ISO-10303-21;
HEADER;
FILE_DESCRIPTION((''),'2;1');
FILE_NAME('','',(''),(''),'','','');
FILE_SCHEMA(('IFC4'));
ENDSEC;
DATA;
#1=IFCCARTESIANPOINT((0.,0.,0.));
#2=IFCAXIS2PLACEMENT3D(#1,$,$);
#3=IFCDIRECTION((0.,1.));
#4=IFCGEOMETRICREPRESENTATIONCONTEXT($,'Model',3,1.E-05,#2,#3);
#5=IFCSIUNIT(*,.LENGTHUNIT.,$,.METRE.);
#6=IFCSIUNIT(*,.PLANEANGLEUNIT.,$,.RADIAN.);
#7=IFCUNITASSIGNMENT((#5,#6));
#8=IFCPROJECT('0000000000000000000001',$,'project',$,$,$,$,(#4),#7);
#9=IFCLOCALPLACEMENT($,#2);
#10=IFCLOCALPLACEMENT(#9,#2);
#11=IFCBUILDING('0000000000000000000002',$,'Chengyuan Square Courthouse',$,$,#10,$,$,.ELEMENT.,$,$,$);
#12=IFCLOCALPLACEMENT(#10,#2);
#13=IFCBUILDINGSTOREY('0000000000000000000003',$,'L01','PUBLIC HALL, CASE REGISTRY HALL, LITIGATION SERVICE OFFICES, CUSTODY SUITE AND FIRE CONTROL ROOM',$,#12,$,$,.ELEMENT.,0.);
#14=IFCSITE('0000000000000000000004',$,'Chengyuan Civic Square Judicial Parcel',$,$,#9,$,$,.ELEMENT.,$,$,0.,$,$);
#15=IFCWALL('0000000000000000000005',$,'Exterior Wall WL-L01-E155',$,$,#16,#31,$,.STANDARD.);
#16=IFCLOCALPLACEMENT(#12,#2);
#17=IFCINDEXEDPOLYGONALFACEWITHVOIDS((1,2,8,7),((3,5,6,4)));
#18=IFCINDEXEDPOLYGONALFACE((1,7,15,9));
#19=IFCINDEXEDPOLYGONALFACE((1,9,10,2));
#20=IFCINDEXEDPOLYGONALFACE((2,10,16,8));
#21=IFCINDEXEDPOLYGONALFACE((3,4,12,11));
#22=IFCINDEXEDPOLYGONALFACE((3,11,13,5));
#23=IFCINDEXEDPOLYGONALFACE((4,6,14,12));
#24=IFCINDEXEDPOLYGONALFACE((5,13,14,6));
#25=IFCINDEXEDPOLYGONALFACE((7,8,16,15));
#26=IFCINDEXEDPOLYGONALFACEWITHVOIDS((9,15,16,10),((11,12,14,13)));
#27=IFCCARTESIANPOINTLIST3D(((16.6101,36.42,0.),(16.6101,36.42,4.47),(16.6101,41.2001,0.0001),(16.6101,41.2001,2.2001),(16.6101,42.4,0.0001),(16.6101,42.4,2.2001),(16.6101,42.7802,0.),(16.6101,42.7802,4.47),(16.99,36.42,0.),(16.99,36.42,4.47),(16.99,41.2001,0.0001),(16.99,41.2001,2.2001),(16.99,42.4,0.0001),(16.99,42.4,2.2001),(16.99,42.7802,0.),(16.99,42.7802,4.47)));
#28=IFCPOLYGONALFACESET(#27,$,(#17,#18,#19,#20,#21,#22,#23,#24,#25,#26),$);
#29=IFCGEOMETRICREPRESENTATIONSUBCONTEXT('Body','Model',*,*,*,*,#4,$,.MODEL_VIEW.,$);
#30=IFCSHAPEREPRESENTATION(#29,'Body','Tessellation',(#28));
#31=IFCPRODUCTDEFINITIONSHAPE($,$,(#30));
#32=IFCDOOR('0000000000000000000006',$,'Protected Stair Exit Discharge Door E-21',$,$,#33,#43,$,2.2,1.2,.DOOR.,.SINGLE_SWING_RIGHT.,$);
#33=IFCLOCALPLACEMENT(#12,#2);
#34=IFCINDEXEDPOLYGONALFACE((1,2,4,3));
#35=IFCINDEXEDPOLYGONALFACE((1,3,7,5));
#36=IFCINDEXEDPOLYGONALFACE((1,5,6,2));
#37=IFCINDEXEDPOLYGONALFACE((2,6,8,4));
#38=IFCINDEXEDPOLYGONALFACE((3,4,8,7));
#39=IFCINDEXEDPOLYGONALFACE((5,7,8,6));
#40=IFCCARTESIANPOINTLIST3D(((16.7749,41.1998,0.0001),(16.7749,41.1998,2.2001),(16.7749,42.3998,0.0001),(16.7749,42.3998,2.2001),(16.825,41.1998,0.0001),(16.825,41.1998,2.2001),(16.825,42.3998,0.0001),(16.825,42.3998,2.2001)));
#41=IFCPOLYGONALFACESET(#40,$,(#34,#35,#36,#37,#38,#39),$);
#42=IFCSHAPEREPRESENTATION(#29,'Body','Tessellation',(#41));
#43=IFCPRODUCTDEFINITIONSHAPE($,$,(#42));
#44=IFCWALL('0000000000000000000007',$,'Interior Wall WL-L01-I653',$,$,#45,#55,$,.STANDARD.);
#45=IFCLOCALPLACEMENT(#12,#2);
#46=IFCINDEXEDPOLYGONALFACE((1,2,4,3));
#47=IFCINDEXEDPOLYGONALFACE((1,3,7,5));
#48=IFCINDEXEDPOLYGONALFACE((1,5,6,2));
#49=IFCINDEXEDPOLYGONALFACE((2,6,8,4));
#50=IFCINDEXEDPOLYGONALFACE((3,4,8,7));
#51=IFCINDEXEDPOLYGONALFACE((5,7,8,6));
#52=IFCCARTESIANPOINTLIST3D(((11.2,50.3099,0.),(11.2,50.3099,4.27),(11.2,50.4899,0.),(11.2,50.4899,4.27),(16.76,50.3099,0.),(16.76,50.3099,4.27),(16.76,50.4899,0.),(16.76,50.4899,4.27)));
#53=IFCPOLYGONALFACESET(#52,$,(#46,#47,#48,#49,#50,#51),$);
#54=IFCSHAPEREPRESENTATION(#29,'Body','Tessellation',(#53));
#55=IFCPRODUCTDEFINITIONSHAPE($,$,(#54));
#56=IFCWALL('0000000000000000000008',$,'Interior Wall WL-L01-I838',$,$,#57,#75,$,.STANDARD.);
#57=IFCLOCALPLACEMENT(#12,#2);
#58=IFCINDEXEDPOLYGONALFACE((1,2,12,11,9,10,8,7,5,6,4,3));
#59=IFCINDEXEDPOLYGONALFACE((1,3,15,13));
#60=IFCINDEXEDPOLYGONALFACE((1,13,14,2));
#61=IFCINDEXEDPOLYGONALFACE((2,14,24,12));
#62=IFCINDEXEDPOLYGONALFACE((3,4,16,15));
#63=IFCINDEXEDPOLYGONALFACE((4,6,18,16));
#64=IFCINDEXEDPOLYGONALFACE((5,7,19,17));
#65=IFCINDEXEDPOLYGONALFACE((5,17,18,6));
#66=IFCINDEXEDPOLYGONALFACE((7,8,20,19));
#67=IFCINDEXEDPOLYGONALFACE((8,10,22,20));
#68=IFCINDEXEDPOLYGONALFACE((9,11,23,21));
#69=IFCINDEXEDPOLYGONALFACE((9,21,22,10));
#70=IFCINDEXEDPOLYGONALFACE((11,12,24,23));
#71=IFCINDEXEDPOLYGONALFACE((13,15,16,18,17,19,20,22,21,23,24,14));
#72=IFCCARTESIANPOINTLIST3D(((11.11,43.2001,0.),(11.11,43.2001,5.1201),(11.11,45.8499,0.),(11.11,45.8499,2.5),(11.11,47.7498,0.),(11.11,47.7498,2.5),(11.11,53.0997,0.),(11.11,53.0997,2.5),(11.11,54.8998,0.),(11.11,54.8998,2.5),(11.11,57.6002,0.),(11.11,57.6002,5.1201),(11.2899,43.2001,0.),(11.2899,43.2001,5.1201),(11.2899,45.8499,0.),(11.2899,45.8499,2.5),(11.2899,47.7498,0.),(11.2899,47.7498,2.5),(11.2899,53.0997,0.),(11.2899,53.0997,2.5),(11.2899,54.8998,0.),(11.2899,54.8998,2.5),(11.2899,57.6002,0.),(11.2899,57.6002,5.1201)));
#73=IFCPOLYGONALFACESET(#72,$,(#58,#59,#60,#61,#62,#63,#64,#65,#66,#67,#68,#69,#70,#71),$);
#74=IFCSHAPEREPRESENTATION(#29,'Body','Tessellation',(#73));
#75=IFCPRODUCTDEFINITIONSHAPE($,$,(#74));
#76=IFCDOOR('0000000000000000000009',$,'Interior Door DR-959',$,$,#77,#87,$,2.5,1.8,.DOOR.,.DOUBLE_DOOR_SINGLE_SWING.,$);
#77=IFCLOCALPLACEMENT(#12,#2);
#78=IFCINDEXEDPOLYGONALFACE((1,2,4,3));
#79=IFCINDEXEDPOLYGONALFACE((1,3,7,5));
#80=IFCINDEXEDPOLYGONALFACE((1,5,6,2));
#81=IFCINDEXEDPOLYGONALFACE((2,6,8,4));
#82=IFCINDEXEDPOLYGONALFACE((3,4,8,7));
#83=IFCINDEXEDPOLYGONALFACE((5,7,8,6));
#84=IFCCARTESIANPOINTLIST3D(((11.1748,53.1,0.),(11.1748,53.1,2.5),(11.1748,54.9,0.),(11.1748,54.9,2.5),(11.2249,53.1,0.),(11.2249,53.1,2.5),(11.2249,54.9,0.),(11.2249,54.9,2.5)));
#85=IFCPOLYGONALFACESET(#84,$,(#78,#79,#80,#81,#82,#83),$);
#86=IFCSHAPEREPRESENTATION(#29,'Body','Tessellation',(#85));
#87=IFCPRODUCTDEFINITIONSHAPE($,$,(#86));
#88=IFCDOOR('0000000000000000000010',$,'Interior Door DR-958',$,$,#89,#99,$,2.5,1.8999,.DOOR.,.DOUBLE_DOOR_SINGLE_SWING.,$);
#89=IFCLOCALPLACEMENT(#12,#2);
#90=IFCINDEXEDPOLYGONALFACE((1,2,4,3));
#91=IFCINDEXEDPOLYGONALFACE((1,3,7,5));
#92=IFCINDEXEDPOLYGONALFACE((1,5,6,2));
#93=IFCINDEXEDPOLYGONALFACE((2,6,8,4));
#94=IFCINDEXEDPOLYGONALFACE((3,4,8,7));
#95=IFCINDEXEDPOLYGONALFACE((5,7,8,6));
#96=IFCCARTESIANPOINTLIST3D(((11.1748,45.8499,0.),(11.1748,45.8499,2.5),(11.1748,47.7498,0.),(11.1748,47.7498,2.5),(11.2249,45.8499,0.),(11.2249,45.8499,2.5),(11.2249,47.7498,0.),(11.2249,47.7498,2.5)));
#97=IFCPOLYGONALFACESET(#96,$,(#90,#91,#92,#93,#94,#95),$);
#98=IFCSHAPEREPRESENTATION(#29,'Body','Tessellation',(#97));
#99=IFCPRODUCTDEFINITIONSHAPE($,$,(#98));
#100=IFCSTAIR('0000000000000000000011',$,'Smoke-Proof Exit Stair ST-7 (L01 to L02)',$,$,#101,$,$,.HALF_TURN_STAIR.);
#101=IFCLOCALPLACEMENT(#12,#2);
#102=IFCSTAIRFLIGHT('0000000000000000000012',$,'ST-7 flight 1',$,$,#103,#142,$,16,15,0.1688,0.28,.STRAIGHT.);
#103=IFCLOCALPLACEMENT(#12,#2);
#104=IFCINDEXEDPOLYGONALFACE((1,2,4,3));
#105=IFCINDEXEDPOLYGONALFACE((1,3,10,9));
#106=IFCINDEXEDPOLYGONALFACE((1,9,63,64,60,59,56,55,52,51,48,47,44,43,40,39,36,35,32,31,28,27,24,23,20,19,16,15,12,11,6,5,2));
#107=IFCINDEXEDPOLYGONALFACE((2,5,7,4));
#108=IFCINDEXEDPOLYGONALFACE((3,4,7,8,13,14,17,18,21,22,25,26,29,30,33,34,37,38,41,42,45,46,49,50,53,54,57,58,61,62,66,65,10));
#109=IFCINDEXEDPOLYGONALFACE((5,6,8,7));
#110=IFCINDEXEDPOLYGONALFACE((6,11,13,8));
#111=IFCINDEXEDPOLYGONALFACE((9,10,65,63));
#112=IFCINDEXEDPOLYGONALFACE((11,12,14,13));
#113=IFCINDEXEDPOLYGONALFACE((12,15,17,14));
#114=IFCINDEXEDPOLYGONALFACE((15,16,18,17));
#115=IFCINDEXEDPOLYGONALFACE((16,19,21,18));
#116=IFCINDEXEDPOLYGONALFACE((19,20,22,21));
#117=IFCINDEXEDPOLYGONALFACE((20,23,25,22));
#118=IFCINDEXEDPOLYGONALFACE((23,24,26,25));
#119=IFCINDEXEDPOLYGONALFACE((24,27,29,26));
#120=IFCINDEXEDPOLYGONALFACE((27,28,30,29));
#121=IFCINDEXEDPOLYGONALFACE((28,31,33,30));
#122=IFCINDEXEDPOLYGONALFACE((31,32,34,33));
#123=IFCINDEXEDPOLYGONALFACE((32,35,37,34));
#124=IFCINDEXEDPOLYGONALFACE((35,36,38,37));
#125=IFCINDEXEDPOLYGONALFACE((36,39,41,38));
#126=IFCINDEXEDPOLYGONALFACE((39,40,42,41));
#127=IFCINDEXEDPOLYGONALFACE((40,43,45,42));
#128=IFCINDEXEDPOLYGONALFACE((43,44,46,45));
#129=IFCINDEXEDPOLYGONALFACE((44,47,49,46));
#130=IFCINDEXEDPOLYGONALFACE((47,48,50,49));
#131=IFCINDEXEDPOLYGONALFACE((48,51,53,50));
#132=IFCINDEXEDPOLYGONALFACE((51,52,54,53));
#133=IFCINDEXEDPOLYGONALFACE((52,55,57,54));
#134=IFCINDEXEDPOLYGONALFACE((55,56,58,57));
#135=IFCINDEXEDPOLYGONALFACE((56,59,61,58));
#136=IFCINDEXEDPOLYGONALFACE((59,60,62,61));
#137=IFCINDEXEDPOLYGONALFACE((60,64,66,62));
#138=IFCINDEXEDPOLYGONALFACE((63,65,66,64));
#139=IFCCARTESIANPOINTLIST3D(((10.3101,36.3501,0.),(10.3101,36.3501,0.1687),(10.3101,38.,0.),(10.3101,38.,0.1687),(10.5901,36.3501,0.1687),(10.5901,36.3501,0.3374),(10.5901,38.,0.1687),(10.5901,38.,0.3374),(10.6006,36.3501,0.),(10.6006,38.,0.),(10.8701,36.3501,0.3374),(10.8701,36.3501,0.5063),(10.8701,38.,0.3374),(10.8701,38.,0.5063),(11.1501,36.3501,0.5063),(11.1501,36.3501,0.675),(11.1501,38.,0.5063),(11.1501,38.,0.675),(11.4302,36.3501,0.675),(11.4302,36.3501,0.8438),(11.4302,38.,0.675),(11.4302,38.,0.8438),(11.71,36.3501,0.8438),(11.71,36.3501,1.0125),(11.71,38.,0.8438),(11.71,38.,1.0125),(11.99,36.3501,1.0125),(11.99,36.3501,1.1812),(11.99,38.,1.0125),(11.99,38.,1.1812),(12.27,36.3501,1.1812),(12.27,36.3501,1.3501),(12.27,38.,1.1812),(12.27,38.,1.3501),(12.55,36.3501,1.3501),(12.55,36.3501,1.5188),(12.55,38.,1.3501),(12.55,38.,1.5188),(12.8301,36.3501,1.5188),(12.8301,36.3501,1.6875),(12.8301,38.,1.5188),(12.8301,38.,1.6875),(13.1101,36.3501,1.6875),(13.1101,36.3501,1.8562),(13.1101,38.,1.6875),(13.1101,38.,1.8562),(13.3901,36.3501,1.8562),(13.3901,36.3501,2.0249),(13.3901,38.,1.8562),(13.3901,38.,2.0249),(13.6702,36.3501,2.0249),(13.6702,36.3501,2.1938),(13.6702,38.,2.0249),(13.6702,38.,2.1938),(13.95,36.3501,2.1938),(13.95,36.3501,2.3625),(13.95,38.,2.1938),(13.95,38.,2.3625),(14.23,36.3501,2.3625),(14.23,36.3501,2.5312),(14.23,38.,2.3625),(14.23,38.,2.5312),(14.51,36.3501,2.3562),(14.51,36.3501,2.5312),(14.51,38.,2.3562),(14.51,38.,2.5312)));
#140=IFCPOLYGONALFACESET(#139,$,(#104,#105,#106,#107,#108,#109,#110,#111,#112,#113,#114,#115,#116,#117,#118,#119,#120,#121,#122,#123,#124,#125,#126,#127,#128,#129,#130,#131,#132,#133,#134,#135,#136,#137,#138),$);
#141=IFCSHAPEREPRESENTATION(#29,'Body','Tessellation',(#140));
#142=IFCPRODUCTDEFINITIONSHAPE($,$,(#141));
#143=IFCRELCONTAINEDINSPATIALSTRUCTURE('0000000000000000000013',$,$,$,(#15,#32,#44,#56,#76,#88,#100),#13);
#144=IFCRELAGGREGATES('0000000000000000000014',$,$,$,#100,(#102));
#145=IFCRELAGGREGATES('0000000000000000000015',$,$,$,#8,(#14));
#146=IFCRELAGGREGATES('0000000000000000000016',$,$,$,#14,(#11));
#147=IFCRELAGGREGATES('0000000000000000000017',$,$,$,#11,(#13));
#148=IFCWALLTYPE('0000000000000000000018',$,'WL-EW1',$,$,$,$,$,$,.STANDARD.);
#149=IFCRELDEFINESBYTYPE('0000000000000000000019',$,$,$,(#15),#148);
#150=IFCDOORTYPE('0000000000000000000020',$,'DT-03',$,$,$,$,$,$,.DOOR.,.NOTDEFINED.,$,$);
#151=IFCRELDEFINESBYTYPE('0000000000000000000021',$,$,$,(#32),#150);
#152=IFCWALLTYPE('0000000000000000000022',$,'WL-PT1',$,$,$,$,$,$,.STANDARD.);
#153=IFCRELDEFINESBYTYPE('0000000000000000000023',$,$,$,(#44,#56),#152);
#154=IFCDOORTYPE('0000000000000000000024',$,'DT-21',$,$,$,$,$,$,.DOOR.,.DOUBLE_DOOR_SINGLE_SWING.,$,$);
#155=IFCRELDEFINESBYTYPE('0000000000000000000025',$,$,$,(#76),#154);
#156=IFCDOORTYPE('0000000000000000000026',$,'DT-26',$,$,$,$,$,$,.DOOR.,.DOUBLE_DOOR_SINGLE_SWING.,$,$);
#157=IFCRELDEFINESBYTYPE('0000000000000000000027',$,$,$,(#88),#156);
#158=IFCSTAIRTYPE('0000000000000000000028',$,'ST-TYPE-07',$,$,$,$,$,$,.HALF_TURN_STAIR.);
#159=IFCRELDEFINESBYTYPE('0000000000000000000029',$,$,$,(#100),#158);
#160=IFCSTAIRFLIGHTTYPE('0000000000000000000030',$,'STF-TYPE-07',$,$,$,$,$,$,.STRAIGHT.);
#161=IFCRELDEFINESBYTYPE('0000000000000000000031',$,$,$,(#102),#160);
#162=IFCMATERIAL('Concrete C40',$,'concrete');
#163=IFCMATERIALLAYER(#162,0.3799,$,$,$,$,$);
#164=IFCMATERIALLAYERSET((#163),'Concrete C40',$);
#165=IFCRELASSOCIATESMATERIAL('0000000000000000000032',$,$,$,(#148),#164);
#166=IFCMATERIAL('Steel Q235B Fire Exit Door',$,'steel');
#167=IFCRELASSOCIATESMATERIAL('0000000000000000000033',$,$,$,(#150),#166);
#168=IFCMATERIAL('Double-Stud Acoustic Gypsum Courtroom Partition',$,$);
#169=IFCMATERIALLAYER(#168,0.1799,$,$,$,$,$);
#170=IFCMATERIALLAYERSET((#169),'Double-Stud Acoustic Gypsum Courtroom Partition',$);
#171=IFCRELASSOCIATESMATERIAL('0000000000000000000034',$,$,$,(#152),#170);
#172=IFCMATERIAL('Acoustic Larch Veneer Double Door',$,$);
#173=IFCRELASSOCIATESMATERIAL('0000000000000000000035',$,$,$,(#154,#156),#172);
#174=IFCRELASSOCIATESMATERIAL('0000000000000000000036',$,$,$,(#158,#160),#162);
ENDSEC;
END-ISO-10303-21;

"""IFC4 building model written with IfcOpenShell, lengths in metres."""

from ifc_helpers import new_model, si_unit, direction, frame, frame_2d, origin, place, context, subcontext, project, spatial, polyline, rectangle, outline, extrude, material, layer, layer_set, type_object, element, fill, aggregate, save


model = new_model("IFC4")

# Units and contexts
model_context = context("Model", 3, precision=1e-05, world=origin(), true_north=direction((0.0, 1.0)))
body_context = subcontext(model_context, "Body", "Model", "MODEL_VIEW")
ifc_project = project(units=[si_unit("LENGTHUNIT", "METRE"), si_unit("PLANEANGLEUNIT", "RADIAN")], contexts=[model_context])

# Site, building, storey
site_placement = place(None, origin())
site = spatial("IfcSite", under=ifc_project, at=site_placement, Name="Chengyuan Civic Square Judicial Parcel", CompositionType="ELEMENT", RefElevation=0.0)
building_placement = place(site_placement, origin())
building = spatial("IfcBuilding", under=site, at=building_placement, Name="Chengyuan Square Courthouse", CompositionType="ELEMENT")
storey_placement = place(building_placement, origin())
storey = spatial("IfcBuildingStorey", under=building, at=storey_placement, Name="L01", Description="PUBLIC HALL, CASE REGISTRY HALL, LITIGATION SERVICE OFFICES, CUSTODY SUITE AND FIRE CONTROL ROOM", CompositionType="ELEMENT", Elevation=0.0)

# Shared definitions
ifc_material_1 = material(Name="Concrete C40", Category="concrete")

# Wall, opening, door
ifc_layer_1 = layer(ifc_material_1, 0.3799)
ifc_layer_set_1 = layer_set([ifc_layer_1], Name="Concrete C40")
wall_type_1 = type_object("IfcWallType", Name="WL-EW1", PredefinedType="STANDARD", material=ifc_layer_set_1)
wall_1_placement = place(storey_placement, frame((16.8, 36.4199, 0.0), z_axis=(0.0, 0.0, 1.0), x_axis=(0.0, 1.0, 0.0)))
wall_1 = element("IfcWall", 1, at=wall_1_placement, inside=storey, type_object=wall_type_1, Name="Exterior Wall WL-L01-E155", PredefinedType="STANDARD", context=body_context, shape_type="SweptSolid", body=[
    extrude(rectangle(XDim=6.3601, YDim=0.3799, at=frame_2d((3.1802, 0.0))), origin(), (0.0, 0.0, 1.0), 4.47),
])
opening_1_placement = place(wall_1_placement, frame((4.78, 0.0, 0.0)))
opening_1 = element("IfcOpeningElement", 2, at=opening_1_placement, cuts=wall_1, PredefinedType="OPENING", context=body_context, shape_type="SweptSolid", body=[
    extrude(rectangle(XDim=1.2, YDim=2.2, at=frame_2d((0.6001, 1.1001))), frame((0.0, 0.2019, 0.0), z_axis=(0.0, -1.0, 0.0), x_axis=(1.0, 0.0, 0.0)), (0.0, 0.0, 1.0), 0.4038),
])
ifc_material_2 = material(Name="Steel Q235B Fire Exit Door", Category="steel")
door_type_1 = type_object("IfcDoorType", Name="DT-03", OperationType="NOTDEFINED", PredefinedType="DOOR", material=ifc_material_2)
door_1_placement = place(opening_1_placement, frame((1.2, 0.0, 0.0), z_axis=(0.0, 0.0, 1.0), x_axis=(-1.0, 0.0, 0.0)))
door_1 = element("IfcDoor", 3, at=door_1_placement, inside=storey, type_object=door_type_1, Name="Protected Stair Exit Discharge Door E-21", OperationType="SINGLE_SWING_RIGHT", OverallHeight=2.2, OverallWidth=1.2, PredefinedType="DOOR", context=body_context, shape_type="SweptSolid", body=[
    extrude(rectangle(XDim=1.2, YDim=2.2, at=frame_2d((0.6001, 1.1001))), frame((0.0, 0.0249, 0.0), z_axis=(0.0, -1.0, 0.0), x_axis=(1.0, 0.0, 0.0)), (0.0, 0.0, 1.0), 0.05),
])
fill(opening_1, door_1)

# Wall
ifc_material_3 = material(Name="Double-Stud Acoustic Gypsum Courtroom Partition")
ifc_layer_2 = layer(ifc_material_3, 0.1799)
ifc_layer_set_2 = layer_set([ifc_layer_2], Name="Double-Stud Acoustic Gypsum Courtroom Partition")
wall_type_2 = type_object("IfcWallType", Name="WL-PT1", PredefinedType="STANDARD", material=ifc_layer_set_2)
wall_2_placement = place(storey_placement, frame((11.2, 50.3999, 0.0), z_axis=(0.0, 0.0, 1.0), x_axis=(1.0, 0.0, 0.0)))
element("IfcWall", 4, at=wall_2_placement, inside=storey, type_object=wall_type_2, Name="Interior Wall WL-L01-I653", PredefinedType="STANDARD", context=body_context, shape_type="SweptSolid", body=[
    extrude(rectangle(XDim=5.5601, YDim=0.1799, at=frame_2d((2.78, 0.0))), origin(), (0.0, 0.0, 1.0), 4.27),
])

# Wall, openings, doors
wall_3_placement = place(storey_placement, frame((11.2, 43.2, 0.0), z_axis=(0.0, 0.0, 1.0), x_axis=(0.0, 1.0, 0.0)))
wall_3 = element("IfcWall", 5, at=wall_3_placement, inside=storey, type_object=wall_type_2, Name="Interior Wall WL-L01-I838", PredefinedType="STANDARD", context=body_context, shape_type="SweptSolid", body=[
    extrude(rectangle(XDim=14.4001, YDim=0.1799, at=frame_2d((7.2002, 0.0))), origin(), (0.0, 0.0, 1.0), 5.1201),
])
opening_2_placement = place(wall_3_placement, frame((2.6499, 0.0, 0.0)))
opening_2 = element("IfcOpeningElement", 6, at=opening_2_placement, cuts=wall_3, PredefinedType="OPENING", context=body_context, shape_type="SweptSolid", body=[
    extrude(rectangle(XDim=1.8999, YDim=2.5, at=frame_2d((0.95, 1.25))), frame((0.0, 0.1021, 0.0), z_axis=(0.0, -1.0, 0.0), x_axis=(1.0, 0.0, 0.0)), (0.0, 0.0, 1.0), 0.2039),
])
opening_3_placement = place(wall_3_placement, frame((9.8999, 0.0, 0.0)))
opening_3 = element("IfcOpeningElement", 7, at=opening_3_placement, cuts=wall_3, PredefinedType="OPENING", context=body_context, shape_type="SweptSolid", body=[
    extrude(rectangle(XDim=1.8, YDim=2.5, at=frame_2d((0.8999, 1.25))), frame((0.0, 0.1021, 0.0), z_axis=(0.0, -1.0, 0.0), x_axis=(1.0, 0.0, 0.0)), (0.0, 0.0, 1.0), 0.2039),
])
ifc_material_4 = material(Name="Acoustic Larch Veneer Double Door")
door_type_2 = type_object("IfcDoorType", Name="DT-21", OperationType="DOUBLE_DOOR_SINGLE_SWING", PredefinedType="DOOR", material=ifc_material_4)
door_2_placement = place(opening_3_placement, frame((1.8, 0.0, 0.0), z_axis=(0.0, 0.0, 1.0), x_axis=(-1.0, 0.0, 0.0)))
door_2 = element("IfcDoor", 8, at=door_2_placement, inside=storey, type_object=door_type_2, Name="Interior Door DR-959", OperationType="DOUBLE_DOOR_SINGLE_SWING", OverallHeight=2.5, OverallWidth=1.8, PredefinedType="DOOR", context=body_context, shape_type="SweptSolid", body=[
    extrude(rectangle(XDim=1.8, YDim=2.5, at=frame_2d((0.8999, 1.25))), frame((0.0, 0.0249, 0.0), z_axis=(0.0, -1.0, 0.0), x_axis=(1.0, 0.0, 0.0)), (0.0, 0.0, 1.0), 0.05),
])
fill(opening_3, door_2)
door_type_3 = type_object("IfcDoorType", Name="DT-26", OperationType="DOUBLE_DOOR_SINGLE_SWING", PredefinedType="DOOR", material=ifc_material_4)
door_3_placement = place(opening_2_placement, frame((1.8999, 0.0, 0.0), z_axis=(0.0, 0.0, 1.0), x_axis=(-1.0, 0.0, 0.0)))
door_3 = element("IfcDoor", 9, at=door_3_placement, inside=storey, type_object=door_type_3, Name="Interior Door DR-958", OperationType="DOUBLE_DOOR_SINGLE_SWING", OverallHeight=2.5, OverallWidth=1.8999, PredefinedType="DOOR", context=body_context, shape_type="SweptSolid", body=[
    extrude(rectangle(XDim=1.8999, YDim=2.5, at=frame_2d((0.95, 1.25))), frame((0.0, 0.0249, 0.0), z_axis=(0.0, -1.0, 0.0), x_axis=(1.0, 0.0, 0.0)), (0.0, 0.0, 1.0), 0.05),
])
fill(opening_2, door_3)

# Stair, stair flight
stair_type = type_object("IfcStairType", Name="ST-TYPE-07", PredefinedType="HALF_TURN_STAIR", material=ifc_material_1)
stair_placement = place(storey_placement, origin())
stair = element("IfcStair", 10, at=stair_placement, inside=storey, type_object=stair_type, Name="Smoke-Proof Exit Stair ST-7 (L01 to L02)", PredefinedType="HALF_TURN_STAIR")
stair_flight_type = type_object("IfcStairFlightType", Name="STF-TYPE-07", PredefinedType="STRAIGHT", material=ifc_material_1)
stair_flight_1_placement = place(storey_placement, frame((10.3101, 37.175, 0.0), z_axis=(0.0, 0.0, 1.0), x_axis=(1.0, 0.0, 0.0)))
stair_flight_1 = element("IfcStairFlight", 11, at=stair_flight_1_placement, type_object=stair_flight_type, Name="ST-7 flight 1", NumberOfRisers=16, NumberOfTreads=15, PredefinedType="STRAIGHT", RiserHeight=0.1688, TreadLength=0.28, context=body_context, shape_type="SweptSolid", body=[
    extrude(outline(polyline([(0.0, 0.0), (0.0, 0.1687), (0.28, 0.1687), (0.28, 0.3374), (0.5601, 0.3374), (0.5601, 0.5063), (0.8401, 0.5063), (0.8401, 0.675), (1.1201, 0.675), (1.1201, 0.8438), (1.3999, 0.8438), (1.3999, 1.0125), (1.6799, 1.0125), (1.6799, 1.1812), (1.96, 1.1812), (1.96, 1.3501), (2.24, 1.3501), (2.24, 1.5188), (2.52, 1.5188), (2.52, 1.6875), (2.8, 1.6875), (2.8, 1.8562), (3.0801, 1.8562), (3.0801, 2.0249), (3.3601, 2.0249), (3.3601, 2.1938), (3.6399, 2.1938), (3.6399, 2.3625), (3.9199, 2.3625), (3.9199, 2.5312), (4.2, 2.5312), (4.2, 2.7), (4.2, 2.3562), (0.2905, 0.0), (0.0, 0.0)])), frame((0.0, 0.825, 0.0), z_axis=(0.0, -1.0, 0.0), x_axis=(1.0, 0.0, 0.0)), (0.0, 0.0, 1.0), 1.6499),
])
aggregate(stair, [stair_flight_1])

save(model, "model.ifc")
